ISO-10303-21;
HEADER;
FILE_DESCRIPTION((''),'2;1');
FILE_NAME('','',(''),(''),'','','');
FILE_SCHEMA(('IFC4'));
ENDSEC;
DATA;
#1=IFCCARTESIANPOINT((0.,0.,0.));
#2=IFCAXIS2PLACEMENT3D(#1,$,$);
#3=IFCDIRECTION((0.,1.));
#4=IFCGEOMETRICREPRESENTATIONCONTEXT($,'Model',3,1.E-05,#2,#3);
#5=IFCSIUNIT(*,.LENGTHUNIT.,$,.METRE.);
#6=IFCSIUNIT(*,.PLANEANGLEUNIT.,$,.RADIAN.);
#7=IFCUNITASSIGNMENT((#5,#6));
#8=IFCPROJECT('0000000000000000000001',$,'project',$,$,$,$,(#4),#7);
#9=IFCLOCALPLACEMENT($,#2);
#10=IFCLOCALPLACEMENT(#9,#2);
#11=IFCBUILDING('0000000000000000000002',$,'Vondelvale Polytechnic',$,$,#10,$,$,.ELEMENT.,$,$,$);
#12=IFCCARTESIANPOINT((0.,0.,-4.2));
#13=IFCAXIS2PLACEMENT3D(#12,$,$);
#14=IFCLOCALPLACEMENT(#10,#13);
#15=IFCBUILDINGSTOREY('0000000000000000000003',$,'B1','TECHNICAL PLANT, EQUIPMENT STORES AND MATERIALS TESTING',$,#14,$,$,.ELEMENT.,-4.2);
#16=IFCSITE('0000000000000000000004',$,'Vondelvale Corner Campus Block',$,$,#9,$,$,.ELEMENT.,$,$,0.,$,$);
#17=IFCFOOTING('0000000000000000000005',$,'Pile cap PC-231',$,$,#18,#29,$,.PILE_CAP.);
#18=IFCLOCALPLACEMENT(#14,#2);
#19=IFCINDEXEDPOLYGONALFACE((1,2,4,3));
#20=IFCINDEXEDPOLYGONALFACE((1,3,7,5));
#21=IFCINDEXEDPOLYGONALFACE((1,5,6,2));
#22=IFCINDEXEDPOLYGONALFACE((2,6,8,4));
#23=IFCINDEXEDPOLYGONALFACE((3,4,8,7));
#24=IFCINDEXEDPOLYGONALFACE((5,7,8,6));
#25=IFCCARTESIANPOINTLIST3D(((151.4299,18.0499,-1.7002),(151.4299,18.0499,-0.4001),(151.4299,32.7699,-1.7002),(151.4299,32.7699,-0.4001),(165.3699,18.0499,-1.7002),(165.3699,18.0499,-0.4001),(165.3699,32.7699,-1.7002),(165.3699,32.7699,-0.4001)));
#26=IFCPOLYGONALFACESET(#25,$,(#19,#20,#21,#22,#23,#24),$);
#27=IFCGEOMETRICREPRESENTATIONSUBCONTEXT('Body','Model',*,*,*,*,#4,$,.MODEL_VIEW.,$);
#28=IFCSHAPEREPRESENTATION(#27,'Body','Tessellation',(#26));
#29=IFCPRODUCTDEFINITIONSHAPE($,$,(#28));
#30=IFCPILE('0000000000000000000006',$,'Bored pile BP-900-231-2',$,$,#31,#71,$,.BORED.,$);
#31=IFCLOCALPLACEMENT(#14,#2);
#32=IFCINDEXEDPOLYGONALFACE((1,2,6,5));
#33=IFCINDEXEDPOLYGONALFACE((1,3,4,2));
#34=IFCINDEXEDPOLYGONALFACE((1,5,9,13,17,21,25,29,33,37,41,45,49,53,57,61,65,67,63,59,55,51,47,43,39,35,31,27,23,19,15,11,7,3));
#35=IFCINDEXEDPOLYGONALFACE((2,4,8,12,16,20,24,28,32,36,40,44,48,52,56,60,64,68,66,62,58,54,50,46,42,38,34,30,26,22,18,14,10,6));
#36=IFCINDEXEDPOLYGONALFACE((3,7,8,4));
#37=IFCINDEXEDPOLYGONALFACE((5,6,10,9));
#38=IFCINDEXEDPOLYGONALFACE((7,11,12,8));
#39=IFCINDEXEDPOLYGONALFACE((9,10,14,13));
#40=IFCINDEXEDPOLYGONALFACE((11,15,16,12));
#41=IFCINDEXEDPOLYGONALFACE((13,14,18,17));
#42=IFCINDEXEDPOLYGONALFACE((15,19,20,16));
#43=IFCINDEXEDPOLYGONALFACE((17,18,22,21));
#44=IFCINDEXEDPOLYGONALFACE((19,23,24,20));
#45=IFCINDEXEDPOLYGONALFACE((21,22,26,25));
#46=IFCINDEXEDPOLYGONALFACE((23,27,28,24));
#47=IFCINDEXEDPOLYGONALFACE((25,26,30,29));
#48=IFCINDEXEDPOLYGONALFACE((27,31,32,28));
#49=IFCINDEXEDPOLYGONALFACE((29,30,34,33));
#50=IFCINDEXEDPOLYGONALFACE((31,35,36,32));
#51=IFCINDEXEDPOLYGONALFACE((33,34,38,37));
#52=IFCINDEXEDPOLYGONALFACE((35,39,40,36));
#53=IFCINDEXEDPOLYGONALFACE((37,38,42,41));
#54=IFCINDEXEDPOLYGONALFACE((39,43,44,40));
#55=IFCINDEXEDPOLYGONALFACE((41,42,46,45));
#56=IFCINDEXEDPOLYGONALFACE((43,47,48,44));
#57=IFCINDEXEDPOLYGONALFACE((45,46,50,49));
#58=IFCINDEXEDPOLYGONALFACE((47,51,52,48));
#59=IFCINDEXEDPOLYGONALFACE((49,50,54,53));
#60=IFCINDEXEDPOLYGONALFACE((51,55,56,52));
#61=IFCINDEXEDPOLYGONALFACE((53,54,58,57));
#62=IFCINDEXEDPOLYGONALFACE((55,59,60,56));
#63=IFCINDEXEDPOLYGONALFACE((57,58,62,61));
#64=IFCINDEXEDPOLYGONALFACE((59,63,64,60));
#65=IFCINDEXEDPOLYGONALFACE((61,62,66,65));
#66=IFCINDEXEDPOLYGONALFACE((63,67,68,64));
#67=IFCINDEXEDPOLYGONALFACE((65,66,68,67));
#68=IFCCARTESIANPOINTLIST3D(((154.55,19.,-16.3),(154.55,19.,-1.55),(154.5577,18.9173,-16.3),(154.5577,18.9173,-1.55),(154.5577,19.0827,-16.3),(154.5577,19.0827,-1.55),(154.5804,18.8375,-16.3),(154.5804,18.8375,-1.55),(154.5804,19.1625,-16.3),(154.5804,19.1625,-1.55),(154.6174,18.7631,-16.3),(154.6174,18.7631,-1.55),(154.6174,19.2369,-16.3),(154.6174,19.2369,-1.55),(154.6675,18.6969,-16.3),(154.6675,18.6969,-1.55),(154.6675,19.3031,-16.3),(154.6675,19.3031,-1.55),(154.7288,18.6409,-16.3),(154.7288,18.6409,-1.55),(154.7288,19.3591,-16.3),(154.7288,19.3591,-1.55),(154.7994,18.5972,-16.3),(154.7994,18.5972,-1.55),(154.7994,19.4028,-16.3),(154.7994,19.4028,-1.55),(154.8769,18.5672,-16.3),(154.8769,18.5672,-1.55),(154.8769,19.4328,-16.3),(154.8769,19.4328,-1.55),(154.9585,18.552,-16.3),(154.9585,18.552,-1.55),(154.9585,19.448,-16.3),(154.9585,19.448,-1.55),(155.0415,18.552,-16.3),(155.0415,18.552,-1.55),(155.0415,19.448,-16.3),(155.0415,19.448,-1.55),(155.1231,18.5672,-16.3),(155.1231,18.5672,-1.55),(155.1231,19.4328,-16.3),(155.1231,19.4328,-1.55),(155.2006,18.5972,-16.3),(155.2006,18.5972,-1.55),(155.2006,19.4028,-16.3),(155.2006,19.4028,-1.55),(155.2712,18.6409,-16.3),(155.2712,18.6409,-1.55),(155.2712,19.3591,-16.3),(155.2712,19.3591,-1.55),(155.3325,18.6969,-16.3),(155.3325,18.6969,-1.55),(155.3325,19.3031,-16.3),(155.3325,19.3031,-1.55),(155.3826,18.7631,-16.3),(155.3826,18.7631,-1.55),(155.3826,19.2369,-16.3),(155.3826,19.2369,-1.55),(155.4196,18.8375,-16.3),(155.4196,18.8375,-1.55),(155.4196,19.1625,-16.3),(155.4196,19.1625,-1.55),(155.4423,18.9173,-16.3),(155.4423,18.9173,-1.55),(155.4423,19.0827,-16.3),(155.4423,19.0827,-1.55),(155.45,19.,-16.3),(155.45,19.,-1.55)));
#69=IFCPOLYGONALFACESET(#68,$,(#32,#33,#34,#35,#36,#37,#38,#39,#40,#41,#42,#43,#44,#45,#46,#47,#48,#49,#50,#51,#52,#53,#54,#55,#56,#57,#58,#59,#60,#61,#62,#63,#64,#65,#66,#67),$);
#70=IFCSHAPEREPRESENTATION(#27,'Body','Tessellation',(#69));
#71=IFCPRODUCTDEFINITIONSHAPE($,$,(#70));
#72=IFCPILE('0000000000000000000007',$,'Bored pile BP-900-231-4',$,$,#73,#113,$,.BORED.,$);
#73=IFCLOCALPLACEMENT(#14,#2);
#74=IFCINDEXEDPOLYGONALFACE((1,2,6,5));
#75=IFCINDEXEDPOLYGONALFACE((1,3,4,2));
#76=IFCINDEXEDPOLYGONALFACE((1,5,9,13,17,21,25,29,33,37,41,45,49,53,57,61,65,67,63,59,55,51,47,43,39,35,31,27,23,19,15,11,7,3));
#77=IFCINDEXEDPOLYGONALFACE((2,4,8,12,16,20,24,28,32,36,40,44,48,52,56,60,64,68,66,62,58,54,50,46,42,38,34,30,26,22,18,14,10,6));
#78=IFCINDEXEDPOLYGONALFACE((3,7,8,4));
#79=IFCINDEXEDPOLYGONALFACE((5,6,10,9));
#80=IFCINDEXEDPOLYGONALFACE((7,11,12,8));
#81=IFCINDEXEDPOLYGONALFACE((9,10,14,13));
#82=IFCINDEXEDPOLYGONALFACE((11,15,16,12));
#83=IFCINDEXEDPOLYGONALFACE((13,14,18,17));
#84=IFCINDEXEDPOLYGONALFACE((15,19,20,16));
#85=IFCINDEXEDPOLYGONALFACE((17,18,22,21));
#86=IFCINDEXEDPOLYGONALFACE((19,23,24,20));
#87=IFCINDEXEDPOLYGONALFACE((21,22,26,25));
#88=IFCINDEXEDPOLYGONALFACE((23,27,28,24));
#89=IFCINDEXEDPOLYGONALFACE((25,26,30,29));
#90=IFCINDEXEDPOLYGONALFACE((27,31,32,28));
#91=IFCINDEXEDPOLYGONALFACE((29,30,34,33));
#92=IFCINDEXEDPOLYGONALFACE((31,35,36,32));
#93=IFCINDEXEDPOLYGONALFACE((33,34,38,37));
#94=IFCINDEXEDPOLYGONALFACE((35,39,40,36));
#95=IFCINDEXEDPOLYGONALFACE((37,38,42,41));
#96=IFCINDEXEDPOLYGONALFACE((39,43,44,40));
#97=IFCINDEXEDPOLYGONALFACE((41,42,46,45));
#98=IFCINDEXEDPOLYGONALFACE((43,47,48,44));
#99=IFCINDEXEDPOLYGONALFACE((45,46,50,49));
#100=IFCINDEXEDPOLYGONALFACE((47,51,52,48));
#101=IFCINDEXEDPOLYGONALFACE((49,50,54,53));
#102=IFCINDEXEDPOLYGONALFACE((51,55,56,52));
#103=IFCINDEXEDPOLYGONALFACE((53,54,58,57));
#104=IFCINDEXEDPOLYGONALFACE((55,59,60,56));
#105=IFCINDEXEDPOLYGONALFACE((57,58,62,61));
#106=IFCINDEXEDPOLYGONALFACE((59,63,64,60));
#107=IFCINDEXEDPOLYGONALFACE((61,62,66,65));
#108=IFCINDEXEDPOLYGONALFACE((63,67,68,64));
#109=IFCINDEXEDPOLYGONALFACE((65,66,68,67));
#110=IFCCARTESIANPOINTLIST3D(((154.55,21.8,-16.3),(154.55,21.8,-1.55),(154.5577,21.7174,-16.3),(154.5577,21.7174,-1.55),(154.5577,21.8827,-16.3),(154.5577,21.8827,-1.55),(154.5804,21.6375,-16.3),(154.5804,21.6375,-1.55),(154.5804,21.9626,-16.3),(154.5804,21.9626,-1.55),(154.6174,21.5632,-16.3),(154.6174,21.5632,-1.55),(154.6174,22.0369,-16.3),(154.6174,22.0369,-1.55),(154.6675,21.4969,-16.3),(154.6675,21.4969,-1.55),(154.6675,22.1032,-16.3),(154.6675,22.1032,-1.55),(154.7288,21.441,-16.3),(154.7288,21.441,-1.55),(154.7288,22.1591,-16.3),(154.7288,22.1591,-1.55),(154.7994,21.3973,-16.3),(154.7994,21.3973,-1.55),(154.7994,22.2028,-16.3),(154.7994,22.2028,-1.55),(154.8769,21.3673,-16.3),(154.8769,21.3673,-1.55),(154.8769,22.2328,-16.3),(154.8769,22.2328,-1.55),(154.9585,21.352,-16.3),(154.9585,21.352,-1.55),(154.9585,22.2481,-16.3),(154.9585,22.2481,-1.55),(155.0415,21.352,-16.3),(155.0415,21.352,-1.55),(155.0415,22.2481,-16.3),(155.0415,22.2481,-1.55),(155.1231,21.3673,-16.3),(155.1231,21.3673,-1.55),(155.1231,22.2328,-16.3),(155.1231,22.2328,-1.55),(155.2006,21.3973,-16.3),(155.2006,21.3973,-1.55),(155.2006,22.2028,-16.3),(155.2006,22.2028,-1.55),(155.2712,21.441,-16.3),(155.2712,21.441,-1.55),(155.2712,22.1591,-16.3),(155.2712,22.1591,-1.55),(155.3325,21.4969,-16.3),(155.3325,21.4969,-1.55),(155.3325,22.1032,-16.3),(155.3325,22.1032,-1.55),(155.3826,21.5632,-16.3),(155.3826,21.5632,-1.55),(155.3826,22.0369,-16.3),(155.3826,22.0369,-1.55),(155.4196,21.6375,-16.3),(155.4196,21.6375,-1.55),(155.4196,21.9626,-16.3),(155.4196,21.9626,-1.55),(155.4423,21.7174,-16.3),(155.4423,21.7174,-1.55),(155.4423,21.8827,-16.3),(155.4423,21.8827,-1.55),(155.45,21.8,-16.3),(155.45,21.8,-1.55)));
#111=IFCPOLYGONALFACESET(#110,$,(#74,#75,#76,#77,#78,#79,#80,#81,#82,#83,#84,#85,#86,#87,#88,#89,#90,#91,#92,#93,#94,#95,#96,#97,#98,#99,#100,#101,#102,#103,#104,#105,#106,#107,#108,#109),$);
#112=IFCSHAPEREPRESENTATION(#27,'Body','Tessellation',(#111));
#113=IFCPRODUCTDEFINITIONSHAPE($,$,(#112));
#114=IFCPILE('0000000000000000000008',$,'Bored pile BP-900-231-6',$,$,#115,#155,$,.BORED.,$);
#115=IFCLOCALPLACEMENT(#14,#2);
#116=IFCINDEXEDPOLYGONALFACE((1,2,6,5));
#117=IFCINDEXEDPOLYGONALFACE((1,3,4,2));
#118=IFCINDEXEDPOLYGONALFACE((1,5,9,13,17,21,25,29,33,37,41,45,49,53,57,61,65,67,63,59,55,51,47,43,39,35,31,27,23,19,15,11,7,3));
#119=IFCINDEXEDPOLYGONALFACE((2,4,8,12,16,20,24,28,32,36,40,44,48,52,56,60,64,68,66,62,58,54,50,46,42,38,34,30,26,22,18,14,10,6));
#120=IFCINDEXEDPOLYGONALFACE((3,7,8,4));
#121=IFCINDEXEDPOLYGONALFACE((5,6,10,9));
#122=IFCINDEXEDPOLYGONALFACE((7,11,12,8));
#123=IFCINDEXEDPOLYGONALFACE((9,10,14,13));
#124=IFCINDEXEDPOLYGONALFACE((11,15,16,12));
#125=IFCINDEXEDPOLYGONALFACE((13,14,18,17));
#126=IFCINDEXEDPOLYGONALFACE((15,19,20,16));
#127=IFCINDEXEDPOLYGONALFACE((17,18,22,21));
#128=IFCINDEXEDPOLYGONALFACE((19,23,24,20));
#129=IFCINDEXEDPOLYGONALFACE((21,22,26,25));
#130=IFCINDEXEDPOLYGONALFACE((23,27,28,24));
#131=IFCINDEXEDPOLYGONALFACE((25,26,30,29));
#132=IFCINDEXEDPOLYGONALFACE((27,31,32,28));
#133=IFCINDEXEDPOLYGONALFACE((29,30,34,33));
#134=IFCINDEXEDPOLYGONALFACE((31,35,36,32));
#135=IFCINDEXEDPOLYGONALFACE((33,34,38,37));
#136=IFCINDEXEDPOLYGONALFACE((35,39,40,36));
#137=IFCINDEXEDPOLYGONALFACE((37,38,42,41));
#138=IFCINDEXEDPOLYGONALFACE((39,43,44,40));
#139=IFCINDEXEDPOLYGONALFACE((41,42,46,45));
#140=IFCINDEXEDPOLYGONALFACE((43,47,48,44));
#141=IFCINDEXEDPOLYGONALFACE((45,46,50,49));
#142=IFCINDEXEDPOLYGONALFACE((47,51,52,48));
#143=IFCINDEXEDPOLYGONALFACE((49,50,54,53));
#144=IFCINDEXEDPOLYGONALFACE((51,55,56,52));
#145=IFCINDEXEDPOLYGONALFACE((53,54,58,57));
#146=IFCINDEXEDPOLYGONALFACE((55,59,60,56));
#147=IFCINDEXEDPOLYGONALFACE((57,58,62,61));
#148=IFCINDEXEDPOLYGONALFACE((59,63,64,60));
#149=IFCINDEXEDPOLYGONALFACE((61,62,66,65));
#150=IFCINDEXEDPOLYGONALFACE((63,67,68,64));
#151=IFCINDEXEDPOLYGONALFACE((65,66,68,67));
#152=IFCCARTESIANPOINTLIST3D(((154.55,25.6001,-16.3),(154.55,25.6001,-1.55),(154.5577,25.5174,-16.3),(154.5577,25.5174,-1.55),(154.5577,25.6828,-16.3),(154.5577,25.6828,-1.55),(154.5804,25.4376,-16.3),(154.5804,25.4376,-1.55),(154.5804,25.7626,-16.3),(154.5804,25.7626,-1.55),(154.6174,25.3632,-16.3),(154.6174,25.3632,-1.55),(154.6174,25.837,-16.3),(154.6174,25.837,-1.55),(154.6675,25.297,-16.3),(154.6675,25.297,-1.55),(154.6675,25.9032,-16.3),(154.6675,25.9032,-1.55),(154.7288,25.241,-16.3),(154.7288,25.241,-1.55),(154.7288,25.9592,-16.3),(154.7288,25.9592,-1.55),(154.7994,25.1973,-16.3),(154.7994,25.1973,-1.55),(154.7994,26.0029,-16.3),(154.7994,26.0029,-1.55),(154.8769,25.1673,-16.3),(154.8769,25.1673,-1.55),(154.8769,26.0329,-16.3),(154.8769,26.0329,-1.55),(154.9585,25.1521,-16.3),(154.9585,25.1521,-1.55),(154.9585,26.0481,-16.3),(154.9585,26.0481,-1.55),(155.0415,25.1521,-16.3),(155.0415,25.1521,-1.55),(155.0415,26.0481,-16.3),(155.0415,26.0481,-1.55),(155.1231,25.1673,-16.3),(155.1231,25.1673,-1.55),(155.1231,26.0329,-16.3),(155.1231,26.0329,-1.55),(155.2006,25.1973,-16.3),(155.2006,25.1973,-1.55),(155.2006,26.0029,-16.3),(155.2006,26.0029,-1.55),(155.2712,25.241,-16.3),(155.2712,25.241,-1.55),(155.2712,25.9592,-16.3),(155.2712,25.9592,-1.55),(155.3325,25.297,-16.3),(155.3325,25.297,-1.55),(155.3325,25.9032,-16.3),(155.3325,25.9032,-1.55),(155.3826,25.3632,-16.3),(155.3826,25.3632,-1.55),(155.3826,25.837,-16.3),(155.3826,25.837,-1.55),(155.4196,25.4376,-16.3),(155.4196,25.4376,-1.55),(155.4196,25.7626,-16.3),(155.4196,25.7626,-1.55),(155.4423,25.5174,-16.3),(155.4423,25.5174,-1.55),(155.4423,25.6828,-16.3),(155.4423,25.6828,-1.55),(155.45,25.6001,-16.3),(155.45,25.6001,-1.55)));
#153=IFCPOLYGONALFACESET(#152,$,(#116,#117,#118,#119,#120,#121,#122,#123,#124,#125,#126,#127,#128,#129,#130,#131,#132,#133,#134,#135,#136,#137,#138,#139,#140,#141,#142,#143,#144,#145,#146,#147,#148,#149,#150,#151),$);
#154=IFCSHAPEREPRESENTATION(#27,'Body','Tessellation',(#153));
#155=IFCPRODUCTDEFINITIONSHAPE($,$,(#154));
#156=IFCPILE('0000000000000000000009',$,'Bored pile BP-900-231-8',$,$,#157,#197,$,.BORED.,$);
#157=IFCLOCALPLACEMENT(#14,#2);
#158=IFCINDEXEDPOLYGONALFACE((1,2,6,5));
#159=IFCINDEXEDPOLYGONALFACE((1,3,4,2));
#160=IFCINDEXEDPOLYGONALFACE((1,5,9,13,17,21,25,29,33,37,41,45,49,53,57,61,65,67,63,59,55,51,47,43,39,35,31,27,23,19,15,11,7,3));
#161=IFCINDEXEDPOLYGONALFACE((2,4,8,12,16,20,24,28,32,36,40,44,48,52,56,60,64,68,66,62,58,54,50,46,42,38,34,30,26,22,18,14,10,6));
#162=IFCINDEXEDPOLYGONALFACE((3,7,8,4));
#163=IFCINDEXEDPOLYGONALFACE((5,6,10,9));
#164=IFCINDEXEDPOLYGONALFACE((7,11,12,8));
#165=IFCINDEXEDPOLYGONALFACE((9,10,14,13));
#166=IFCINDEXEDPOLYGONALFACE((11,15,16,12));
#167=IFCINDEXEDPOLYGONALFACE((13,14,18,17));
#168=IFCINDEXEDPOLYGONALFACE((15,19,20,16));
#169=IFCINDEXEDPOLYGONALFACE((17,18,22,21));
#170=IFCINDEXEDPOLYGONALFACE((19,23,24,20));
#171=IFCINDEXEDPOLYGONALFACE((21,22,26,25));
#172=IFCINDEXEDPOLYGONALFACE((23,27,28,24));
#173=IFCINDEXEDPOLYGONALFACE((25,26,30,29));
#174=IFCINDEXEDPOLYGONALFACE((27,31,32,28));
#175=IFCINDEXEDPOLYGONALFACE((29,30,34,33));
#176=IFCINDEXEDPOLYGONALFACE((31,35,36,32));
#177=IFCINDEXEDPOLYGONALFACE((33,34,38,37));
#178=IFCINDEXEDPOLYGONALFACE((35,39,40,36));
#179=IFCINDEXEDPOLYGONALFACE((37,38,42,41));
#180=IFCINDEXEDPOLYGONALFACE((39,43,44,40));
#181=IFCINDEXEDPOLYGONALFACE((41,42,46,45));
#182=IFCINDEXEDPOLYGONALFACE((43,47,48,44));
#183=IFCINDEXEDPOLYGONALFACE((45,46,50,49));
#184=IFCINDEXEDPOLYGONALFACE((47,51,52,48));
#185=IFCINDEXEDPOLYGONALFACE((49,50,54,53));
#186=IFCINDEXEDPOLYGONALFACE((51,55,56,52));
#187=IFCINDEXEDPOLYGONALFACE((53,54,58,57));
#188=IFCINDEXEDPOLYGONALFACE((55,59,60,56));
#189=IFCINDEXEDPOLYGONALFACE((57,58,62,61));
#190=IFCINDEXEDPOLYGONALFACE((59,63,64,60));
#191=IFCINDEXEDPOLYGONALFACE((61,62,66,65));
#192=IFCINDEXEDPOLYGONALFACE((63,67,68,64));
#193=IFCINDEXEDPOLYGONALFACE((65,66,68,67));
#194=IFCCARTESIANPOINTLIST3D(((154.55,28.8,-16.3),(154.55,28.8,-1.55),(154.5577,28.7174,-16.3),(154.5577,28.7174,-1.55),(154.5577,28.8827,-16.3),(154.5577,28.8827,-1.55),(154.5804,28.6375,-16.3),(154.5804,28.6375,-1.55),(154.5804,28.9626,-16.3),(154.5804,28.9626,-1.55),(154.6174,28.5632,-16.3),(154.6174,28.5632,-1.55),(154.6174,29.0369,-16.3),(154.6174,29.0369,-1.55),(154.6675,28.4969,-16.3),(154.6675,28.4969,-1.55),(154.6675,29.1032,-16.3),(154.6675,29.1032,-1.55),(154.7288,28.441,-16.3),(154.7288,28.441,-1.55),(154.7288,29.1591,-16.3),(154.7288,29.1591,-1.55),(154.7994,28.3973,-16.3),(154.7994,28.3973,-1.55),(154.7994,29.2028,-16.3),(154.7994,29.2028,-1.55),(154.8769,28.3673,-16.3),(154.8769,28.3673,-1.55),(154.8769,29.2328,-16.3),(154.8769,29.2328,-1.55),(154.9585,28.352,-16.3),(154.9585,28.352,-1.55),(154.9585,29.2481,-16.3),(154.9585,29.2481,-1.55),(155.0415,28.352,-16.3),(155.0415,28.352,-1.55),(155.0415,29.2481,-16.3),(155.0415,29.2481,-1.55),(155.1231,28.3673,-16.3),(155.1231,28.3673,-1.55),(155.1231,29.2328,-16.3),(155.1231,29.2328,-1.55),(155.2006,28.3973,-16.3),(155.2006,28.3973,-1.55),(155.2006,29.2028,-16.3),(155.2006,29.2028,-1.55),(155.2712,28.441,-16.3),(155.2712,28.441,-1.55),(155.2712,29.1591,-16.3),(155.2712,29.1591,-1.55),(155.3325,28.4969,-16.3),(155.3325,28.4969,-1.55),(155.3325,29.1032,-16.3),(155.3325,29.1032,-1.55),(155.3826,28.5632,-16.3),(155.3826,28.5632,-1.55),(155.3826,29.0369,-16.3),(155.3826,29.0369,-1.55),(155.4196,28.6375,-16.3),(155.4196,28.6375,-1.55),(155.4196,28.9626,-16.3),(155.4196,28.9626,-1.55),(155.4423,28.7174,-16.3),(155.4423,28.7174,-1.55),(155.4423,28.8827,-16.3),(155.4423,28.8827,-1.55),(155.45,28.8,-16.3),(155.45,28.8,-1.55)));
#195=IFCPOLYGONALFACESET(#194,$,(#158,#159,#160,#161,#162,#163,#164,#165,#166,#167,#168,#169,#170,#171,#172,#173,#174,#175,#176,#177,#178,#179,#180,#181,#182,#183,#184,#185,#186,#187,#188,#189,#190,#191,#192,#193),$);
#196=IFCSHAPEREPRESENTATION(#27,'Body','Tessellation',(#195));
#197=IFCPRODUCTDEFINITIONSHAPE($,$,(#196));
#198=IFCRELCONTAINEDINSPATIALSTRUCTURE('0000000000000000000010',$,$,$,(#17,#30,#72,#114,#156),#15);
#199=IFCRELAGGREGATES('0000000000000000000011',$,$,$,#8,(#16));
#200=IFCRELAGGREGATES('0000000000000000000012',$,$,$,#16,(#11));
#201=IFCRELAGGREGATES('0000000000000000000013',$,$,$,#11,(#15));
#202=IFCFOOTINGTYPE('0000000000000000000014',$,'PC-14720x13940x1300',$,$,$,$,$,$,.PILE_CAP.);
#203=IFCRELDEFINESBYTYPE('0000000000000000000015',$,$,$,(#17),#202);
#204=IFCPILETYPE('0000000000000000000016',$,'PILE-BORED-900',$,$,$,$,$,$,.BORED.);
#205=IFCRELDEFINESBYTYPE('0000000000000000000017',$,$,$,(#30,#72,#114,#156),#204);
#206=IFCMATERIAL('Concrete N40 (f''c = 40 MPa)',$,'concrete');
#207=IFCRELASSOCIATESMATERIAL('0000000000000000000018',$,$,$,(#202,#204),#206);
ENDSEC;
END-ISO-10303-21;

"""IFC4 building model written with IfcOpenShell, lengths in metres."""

from ifc_helpers import new_model, si_unit, direction, frame, origin, origin_2d, place, context, subcontext, project, spatial, rectangle, circle, extrude, material, material_profile, profile_set, type_object, element, save


model = new_model("IFC4")

# Units and contexts
model_context = context("Model", 3, precision=1e-05, world=origin(), true_north=direction((0.0, 1.0)))
body_context = subcontext(model_context, "Body", "Model", "MODEL_VIEW")
ifc_project = project(units=[si_unit("LENGTHUNIT", "METRE"), si_unit("PLANEANGLEUNIT", "RADIAN")], contexts=[model_context])

# Site, building, storey
site_placement = place(None, origin())
site = spatial("IfcSite", under=ifc_project, at=site_placement, Name="Vondelvale Corner Campus Block", CompositionType="ELEMENT", RefElevation=0.0)
building_placement = place(site_placement, origin())
building = spatial("IfcBuilding", under=site, at=building_placement, Name="Vondelvale Polytechnic", CompositionType="ELEMENT")
storey_placement = place(building_placement, frame((0.0, 0.0, -4.2)))
storey = spatial("IfcBuildingStorey", under=building, at=storey_placement, Name="B1", Description="TECHNICAL PLANT, EQUIPMENT STORES AND MATERIALS TESTING", CompositionType="ELEMENT", Elevation=-4.2)

# Footing
ifc_material_1 = material(Name="Concrete N40 (f'c = 40 MPa)", Category="concrete")
footing_type = type_object("IfcFootingType", Name="PC-14720x13940x1300", PredefinedType="PILE_CAP", material=ifc_material_1)
footing_placement = place(storey_placement, frame((158.3999, 25.4099, -1.7002), z_axis=(0.0, 0.0, 1.0), x_axis=(1.0, 0.0, 0.0)))
element("IfcFooting", 1, at=footing_placement, inside=storey, type_object=footing_type, Name="Pile cap PC-231", PredefinedType="PILE_CAP", context=body_context, shape_type="SweptSolid", body=[
    extrude(rectangle(XDim=13.9399, YDim=14.72, at=origin_2d()), origin(), (0.0, 0.0, 1.0), 1.3),
])

# Piles
ifc_material_profile_1 = material_profile(ifc_material_1, circle(Radius=0.45, at=origin_2d()), Name="PILE-D900")
ifc_profile_set_1 = profile_set([ifc_material_profile_1], Name="Concrete N40 (f'c = 40 MPa)")
pile_type = type_object("IfcPileType", Name="PILE-BORED-900", PredefinedType="BORED", material=ifc_profile_set_1)
for number, where, z_axis, x_axis, name in (
    (2, (155.0, 19.0, -1.55), (0.0, 0.0, -1.0), (1.0, 0.0, 0.0), "Bored pile BP-900-231-2"),
    (3, (155.0, 21.8, -1.55), (0.0, 0.0, -1.0), (1.0, 0.0, 0.0), "Bored pile BP-900-231-4"),
    (4, (155.0, 25.6001, -1.55), (0.0, 0.0, -1.0), (1.0, 0.0, 0.0), "Bored pile BP-900-231-6"),
    (5, (155.0, 28.8, -1.55), (0.0, 0.0, -1.0), (1.0, 0.0, 0.0), "Bored pile BP-900-231-8"),
):
    element("IfcPile", number, at=place(storey_placement, frame(where, z_axis=z_axis, x_axis=x_axis)), inside=storey, type_object=pile_type, Name=name, PredefinedType="BORED", context=body_context, shape_type="SweptSolid", body=[
        extrude(circle(Radius=0.45, at=origin_2d()), origin(), (0.0, 0.0, 1.0), 14.75),
    ])

save(model, "model.ifc")
